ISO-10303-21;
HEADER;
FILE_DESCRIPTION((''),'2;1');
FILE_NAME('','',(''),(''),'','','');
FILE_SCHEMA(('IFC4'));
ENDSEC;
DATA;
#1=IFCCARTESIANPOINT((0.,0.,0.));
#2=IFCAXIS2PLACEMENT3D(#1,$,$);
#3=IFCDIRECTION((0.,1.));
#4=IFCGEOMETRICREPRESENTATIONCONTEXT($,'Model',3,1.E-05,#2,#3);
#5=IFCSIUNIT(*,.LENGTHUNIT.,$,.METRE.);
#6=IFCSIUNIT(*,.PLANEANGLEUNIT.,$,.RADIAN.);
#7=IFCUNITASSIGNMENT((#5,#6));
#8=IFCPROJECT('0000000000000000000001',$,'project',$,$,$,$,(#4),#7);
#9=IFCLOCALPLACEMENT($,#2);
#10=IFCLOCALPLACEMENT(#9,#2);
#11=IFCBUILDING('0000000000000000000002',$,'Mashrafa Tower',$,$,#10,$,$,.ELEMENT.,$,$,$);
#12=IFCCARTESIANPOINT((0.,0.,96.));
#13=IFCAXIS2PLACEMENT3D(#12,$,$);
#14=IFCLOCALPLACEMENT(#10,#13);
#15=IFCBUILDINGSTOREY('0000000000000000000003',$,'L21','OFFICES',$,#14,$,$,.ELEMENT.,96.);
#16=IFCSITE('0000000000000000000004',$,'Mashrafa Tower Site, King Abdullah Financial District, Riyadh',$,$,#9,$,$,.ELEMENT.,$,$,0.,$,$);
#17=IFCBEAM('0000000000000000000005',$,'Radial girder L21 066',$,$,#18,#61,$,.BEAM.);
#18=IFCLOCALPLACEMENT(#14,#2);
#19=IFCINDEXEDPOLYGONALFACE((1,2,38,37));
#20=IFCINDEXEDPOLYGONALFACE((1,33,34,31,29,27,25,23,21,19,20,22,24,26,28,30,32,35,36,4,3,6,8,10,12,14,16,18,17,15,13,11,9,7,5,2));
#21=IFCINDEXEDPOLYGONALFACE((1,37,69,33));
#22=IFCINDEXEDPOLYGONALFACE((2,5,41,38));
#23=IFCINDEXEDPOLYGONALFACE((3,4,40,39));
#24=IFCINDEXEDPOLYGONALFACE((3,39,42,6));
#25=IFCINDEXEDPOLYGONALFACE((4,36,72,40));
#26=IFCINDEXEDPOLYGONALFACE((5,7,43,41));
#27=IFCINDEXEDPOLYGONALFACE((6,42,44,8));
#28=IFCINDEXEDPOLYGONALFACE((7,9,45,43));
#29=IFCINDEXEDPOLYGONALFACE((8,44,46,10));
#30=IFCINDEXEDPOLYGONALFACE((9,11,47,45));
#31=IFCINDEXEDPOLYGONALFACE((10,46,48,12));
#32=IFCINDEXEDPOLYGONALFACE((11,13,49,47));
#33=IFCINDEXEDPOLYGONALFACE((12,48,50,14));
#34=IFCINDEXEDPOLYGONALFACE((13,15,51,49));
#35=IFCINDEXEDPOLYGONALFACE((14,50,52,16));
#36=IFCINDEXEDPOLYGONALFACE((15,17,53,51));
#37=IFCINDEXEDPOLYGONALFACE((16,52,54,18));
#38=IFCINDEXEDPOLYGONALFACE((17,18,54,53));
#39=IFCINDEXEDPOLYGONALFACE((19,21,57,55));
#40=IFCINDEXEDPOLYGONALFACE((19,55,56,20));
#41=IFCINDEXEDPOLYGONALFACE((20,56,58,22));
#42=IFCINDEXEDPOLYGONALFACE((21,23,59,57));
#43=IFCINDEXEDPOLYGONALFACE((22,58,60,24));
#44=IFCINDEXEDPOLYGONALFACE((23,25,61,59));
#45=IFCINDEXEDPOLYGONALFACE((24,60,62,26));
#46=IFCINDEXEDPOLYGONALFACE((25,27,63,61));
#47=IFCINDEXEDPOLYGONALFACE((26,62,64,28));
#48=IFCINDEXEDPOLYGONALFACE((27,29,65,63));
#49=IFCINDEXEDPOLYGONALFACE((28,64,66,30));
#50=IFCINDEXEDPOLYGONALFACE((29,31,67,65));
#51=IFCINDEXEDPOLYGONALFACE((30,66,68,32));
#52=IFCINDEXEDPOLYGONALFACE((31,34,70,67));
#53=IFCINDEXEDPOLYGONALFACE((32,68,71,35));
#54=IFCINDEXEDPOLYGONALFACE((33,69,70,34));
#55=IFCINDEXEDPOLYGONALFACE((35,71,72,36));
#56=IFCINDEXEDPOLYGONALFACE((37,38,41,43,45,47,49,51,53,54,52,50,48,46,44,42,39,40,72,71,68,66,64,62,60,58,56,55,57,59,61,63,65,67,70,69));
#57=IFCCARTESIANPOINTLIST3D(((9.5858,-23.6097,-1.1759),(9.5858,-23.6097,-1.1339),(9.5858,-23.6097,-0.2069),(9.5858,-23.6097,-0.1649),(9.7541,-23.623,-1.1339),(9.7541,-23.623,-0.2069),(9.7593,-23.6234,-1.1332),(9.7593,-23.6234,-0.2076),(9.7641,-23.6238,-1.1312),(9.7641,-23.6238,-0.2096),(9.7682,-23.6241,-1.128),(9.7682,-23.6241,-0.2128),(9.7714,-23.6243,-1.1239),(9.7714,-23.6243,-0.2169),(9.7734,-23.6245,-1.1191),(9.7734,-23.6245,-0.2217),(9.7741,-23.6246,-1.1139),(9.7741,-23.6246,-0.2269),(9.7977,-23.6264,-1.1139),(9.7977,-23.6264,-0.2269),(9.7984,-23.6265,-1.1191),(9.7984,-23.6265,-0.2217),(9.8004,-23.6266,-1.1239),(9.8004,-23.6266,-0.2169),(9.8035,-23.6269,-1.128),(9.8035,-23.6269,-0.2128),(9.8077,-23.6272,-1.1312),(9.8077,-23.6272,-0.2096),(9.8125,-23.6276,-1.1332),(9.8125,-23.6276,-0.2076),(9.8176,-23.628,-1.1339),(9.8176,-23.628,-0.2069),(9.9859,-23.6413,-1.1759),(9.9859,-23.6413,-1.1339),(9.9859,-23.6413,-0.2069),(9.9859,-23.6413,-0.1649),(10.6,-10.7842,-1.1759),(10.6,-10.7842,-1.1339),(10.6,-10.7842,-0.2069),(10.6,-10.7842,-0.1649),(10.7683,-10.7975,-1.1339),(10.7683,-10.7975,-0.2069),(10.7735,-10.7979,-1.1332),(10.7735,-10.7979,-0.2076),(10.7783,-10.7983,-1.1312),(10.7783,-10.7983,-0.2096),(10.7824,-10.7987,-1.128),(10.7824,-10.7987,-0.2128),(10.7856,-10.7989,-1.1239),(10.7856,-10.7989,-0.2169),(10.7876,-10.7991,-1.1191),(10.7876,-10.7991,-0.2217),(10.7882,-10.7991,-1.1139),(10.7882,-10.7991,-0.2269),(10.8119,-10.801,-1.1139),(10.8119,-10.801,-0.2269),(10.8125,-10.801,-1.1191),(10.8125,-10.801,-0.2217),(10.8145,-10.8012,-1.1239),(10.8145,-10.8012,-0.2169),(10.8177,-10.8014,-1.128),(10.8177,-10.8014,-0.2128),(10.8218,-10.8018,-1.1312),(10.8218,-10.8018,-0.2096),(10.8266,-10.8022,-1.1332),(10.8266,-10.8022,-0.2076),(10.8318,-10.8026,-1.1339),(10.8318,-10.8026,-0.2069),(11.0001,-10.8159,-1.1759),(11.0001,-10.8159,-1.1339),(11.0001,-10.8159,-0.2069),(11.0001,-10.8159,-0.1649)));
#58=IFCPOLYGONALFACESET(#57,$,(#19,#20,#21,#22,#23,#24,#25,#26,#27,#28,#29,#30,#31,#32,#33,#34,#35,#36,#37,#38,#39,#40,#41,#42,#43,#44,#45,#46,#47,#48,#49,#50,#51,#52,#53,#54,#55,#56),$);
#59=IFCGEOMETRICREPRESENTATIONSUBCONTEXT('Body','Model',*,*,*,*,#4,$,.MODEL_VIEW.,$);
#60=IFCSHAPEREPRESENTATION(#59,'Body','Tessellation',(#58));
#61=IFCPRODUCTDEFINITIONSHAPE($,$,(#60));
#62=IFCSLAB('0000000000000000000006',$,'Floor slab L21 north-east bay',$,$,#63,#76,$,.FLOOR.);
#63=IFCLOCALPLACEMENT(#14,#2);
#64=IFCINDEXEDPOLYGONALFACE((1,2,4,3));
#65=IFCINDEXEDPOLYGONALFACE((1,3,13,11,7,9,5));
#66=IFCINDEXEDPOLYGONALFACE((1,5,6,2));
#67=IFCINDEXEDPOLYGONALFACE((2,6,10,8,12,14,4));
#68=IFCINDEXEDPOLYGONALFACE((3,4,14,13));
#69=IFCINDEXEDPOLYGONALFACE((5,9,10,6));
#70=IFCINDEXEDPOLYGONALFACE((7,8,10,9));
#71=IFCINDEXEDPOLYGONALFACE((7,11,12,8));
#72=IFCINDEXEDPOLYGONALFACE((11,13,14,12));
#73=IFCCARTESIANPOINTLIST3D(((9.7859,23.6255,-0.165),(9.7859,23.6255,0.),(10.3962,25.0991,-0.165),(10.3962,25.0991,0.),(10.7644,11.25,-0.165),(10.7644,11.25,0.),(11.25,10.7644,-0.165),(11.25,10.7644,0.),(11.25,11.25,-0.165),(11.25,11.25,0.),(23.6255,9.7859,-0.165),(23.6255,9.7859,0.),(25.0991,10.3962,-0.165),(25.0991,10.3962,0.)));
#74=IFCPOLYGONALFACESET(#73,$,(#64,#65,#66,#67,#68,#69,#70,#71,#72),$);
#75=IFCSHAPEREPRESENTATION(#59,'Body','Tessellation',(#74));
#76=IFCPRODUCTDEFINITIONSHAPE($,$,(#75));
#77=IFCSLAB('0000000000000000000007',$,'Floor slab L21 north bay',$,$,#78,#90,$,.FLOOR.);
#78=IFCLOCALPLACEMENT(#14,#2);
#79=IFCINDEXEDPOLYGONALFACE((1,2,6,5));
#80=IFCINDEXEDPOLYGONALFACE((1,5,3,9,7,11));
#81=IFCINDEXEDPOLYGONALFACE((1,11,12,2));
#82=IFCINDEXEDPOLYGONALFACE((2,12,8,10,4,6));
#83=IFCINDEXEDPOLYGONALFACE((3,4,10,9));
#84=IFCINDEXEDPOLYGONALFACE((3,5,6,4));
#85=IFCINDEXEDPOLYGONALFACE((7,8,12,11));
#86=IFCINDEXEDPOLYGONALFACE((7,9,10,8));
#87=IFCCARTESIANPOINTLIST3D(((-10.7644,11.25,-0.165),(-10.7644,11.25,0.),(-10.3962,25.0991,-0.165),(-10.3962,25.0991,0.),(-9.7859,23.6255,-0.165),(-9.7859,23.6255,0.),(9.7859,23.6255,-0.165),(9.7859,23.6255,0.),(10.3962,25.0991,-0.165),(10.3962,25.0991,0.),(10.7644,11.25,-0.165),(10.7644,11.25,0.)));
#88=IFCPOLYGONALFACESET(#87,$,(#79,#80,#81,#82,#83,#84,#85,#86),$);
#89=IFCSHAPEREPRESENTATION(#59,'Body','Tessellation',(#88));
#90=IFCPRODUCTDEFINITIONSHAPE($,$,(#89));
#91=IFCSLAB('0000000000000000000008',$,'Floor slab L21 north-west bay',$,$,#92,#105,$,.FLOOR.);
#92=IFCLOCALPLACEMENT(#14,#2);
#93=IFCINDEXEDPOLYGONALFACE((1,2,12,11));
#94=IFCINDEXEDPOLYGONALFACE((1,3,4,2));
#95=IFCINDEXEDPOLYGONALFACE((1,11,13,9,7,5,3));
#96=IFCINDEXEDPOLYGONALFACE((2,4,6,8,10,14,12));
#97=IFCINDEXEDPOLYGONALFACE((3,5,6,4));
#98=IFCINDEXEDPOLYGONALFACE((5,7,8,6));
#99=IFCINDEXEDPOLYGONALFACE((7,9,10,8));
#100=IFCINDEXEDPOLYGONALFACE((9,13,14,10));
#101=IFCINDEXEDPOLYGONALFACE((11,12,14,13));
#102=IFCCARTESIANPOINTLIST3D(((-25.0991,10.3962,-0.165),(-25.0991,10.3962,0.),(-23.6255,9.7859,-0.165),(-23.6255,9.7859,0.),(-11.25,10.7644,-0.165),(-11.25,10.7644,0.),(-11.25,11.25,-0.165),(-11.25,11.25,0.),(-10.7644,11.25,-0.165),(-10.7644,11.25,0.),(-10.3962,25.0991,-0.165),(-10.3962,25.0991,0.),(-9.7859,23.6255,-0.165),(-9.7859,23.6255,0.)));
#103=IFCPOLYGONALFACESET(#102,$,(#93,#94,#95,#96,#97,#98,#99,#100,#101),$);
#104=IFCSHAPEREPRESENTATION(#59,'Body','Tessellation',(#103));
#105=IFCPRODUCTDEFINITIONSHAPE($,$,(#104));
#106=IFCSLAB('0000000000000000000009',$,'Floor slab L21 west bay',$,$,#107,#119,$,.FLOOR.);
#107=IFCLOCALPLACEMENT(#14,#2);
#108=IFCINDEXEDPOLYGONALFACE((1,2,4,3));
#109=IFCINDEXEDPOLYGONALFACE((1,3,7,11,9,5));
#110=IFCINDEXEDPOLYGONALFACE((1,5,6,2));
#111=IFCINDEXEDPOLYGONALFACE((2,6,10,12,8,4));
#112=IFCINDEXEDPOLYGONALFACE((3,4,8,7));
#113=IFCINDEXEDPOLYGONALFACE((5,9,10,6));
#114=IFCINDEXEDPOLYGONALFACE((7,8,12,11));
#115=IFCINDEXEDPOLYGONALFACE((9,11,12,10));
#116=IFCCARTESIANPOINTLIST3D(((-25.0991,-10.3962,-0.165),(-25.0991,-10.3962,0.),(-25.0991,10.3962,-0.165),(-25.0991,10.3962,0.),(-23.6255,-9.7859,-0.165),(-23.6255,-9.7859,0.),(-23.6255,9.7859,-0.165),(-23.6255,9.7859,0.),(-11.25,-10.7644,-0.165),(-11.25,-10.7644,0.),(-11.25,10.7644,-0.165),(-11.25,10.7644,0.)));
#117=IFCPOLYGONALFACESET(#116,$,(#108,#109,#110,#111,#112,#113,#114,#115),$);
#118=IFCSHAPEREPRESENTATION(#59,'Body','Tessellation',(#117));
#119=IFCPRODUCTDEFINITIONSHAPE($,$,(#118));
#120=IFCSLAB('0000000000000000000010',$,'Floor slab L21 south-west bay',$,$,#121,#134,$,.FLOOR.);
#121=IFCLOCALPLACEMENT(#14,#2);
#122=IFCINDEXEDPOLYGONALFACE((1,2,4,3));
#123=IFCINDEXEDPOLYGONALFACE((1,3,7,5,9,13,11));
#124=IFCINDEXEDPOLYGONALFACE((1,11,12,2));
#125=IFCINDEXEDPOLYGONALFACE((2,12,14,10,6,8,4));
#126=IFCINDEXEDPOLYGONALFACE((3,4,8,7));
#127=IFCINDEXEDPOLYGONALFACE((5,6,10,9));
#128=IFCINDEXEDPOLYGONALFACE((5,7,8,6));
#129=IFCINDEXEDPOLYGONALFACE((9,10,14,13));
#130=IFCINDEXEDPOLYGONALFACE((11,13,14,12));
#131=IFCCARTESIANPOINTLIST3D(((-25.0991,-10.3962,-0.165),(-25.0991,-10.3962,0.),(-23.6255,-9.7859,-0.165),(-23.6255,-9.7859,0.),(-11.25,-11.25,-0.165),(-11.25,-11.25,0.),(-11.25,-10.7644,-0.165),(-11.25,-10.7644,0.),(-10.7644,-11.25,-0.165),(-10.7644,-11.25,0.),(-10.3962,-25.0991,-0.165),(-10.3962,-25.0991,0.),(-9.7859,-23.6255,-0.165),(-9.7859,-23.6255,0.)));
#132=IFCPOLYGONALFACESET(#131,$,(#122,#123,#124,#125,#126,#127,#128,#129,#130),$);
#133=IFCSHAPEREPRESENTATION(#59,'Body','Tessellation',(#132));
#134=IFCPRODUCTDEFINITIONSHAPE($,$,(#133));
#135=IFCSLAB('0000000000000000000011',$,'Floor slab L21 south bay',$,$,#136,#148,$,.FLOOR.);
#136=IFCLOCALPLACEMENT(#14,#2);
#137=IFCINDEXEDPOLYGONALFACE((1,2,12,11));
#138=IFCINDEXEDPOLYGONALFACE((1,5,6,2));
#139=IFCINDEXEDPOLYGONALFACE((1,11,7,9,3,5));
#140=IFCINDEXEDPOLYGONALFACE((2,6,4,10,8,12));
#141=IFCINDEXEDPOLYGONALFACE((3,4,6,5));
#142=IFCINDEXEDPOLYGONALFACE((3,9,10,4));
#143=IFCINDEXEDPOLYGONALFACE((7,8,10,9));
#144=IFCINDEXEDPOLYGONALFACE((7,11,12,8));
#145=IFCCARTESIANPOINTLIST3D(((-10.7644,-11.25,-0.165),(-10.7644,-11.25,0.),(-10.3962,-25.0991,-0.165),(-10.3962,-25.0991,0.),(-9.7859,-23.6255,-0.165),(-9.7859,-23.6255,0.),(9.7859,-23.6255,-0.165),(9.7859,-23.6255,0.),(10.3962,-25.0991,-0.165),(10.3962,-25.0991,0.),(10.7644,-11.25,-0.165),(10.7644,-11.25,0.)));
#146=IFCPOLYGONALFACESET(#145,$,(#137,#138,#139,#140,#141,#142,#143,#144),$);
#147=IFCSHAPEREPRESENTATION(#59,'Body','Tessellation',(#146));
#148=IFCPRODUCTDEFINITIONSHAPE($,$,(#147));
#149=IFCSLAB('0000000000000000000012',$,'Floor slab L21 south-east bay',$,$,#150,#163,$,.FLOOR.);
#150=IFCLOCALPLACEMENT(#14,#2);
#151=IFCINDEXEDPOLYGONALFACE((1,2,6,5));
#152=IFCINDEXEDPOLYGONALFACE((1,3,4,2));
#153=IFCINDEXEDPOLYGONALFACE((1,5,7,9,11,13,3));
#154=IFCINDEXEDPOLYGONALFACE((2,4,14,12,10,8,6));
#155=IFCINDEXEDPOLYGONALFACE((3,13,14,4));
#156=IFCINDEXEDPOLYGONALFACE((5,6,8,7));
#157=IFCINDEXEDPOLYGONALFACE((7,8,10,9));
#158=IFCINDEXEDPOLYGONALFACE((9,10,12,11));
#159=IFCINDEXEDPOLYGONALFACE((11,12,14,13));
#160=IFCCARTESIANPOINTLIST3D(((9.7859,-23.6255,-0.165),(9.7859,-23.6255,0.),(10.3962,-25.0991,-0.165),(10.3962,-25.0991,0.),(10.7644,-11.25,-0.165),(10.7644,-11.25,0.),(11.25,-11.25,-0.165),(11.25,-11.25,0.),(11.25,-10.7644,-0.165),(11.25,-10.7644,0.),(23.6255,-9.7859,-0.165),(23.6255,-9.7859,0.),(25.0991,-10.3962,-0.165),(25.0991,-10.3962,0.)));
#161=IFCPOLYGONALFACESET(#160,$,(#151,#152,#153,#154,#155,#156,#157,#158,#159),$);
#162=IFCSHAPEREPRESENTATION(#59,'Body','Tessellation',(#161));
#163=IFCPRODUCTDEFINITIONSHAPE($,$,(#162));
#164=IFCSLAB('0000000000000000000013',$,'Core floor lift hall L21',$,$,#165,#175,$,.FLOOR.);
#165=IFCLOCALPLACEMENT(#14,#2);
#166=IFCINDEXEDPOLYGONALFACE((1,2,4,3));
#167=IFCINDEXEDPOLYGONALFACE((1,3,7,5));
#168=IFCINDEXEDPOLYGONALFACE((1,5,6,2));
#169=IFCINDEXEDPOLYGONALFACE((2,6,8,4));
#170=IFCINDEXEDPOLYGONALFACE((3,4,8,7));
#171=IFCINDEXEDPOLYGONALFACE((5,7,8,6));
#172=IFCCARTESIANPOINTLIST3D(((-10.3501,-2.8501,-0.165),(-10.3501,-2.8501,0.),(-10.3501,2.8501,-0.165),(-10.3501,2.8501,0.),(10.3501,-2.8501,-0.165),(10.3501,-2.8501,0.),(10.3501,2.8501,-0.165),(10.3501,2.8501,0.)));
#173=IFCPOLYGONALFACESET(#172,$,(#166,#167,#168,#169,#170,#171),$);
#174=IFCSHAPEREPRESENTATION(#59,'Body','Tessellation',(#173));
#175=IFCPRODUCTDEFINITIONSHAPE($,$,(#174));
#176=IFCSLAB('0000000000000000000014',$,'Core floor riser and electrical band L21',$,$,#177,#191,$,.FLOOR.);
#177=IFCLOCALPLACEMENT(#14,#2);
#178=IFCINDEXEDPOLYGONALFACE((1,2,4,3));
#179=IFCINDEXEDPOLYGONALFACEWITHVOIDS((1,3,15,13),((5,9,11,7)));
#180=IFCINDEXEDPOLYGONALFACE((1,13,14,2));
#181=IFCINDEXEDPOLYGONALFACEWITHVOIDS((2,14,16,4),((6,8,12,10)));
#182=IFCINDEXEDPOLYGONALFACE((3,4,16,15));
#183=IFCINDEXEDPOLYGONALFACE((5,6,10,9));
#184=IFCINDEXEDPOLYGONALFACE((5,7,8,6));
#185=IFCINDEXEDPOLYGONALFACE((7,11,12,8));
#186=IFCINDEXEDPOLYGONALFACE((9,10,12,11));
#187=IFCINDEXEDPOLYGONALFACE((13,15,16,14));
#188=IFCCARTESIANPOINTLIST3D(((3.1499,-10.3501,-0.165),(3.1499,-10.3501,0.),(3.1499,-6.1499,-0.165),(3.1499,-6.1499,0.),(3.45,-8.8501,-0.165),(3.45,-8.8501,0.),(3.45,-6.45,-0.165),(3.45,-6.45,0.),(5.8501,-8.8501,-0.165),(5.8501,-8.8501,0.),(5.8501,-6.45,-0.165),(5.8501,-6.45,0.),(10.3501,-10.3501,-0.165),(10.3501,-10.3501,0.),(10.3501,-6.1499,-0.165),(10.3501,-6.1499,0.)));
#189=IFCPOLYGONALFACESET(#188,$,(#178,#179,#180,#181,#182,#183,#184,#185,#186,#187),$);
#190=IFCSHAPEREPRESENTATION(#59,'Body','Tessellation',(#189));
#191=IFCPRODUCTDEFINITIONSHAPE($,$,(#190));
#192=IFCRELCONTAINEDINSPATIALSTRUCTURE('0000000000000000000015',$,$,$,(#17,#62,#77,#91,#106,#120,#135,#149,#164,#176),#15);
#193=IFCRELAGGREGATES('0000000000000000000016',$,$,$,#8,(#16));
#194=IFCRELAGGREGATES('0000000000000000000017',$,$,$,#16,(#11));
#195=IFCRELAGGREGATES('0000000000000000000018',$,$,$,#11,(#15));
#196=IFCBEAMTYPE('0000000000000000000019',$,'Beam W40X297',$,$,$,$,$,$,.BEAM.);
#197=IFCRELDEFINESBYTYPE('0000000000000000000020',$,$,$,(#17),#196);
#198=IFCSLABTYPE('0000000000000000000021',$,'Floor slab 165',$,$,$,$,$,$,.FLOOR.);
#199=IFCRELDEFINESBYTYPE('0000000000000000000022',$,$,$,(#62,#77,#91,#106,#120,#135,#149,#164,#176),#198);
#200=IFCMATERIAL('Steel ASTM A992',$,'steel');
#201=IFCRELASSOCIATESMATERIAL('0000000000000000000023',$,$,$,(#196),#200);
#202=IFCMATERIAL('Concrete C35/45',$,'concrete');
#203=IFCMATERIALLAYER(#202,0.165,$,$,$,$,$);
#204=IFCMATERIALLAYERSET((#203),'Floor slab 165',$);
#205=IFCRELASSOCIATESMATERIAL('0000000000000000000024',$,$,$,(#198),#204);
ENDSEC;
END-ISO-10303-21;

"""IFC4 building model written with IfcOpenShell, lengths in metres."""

from ifc_helpers import new_model, si_unit, direction, frame, origin, origin_2d, place, context, subcontext, project, spatial, polyline, i_section, outline, extrude, material, layer, layer_set, material_profile, profile_set, type_object, element, save


model = new_model("IFC4")

# Units and contexts
model_context = context("Model", 3, precision=1e-05, world=origin(), true_north=direction((0.0, 1.0)))
body_context = subcontext(model_context, "Body", "Model", "MODEL_VIEW")
ifc_project = project(units=[si_unit("LENGTHUNIT", "METRE"), si_unit("PLANEANGLEUNIT", "RADIAN")], contexts=[model_context])

# Site, building, storey
site_placement = place(None, origin())
site = spatial("IfcSite", under=ifc_project, at=site_placement, Name="Mashrafa Tower Site, King Abdullah Financial District, Riyadh", CompositionType="ELEMENT", RefElevation=0.0)
building_placement = place(site_placement, origin())
building = spatial("IfcBuilding", under=site, at=building_placement, Name="Mashrafa Tower", CompositionType="ELEMENT")
storey_placement = place(building_placement, frame((0.0, 0.0, 96.0)))
storey = spatial("IfcBuildingStorey", under=building, at=storey_placement, Name="L21", Description="OFFICES", CompositionType="ELEMENT", Elevation=96.0)

# Beam
ifc_material_1 = material(Name="Steel ASTM A992", Category="steel")
ifc_material_profile = material_profile(ifc_material_1, i_section(OverallWidth=0.4014, OverallDepth=1.011, WebThickness=0.0237, FlangeThickness=0.042, FilletRadius=0.02, at=origin_2d()), Name="W40X297")
ifc_profile_set = profile_set([ifc_material_profile], Name="Steel ASTM A992")
beam_type = type_object("IfcBeamType", Name="Beam W40X297", PredefinedType="BEAM", material=ifc_profile_set)
beam_placement = place(storey_placement, frame((10.8, -10.8, -0.6704), z_axis=(-0.078828, -0.996888, 0.0), x_axis=(0.996888, -0.078828, 0.0)))
element("IfcBeam", 1, at=beam_placement, inside=storey, type_object=beam_type, Name="Radial girder L21 066", PredefinedType="BEAM", context=body_context, shape_type="SweptSolid", body=[
    extrude(i_section(OverallWidth=0.4014, OverallDepth=1.011, WebThickness=0.0237, FlangeThickness=0.042, FilletRadius=0.02, at=origin_2d()), origin(), (0.0, 0.0, 1.0), 12.8655),
])

# Slabs
ifc_material_2 = material(Name="Concrete C35/45", Category="concrete")
ifc_layer_1 = layer(ifc_material_2, 0.165)
ifc_layer_set_1 = layer_set([ifc_layer_1], Name="Floor slab 165")
slab_type_1 = type_object("IfcSlabType", Name="Floor slab 165", PredefinedType="FLOOR", material=ifc_layer_set_1)
slab_1_placement = place(storey_placement, frame((0.0, 0.0, -0.165)))
element("IfcSlab", 2, at=slab_1_placement, inside=storey, type_object=slab_type_1, Name="Floor slab L21 north-east bay", PredefinedType="FLOOR", context=body_context, shape_type="SweptSolid", body=[
    extrude(outline(polyline([(10.3962, 25.0991), (25.0991, 10.3962), (25.0991, 10.3962), (23.6255, 9.7859), (11.25, 10.7644), (11.25, 11.25), (10.7644, 11.25), (9.7859, 23.6255), (10.3962, 25.0991), (10.3962, 25.0991)])), origin(), (0.0, 0.0, 1.0), 0.165),
])
slab_2_placement = place(storey_placement, frame((0.0, 0.0, -0.165)))
element("IfcSlab", 3, at=slab_2_placement, inside=storey, type_object=slab_type_1, Name="Floor slab L21 north bay", PredefinedType="FLOOR", context=body_context, shape_type="SweptSolid", body=[
    extrude(outline(polyline([(10.3962, 25.0991), (9.7859, 23.6255), (10.7644, 11.25), (-10.7644, 11.25), (-9.7859, 23.6255), (-10.3962, 25.0991), (10.3962, 25.0991)])), origin(), (0.0, 0.0, 1.0), 0.165),
])
slab_3_placement = place(storey_placement, frame((0.0, 0.0, -0.165)))
element("IfcSlab", 4, at=slab_3_placement, inside=storey, type_object=slab_type_1, Name="Floor slab L21 north-west bay", PredefinedType="FLOOR", context=body_context, shape_type="SweptSolid", body=[
    extrude(outline(polyline([(-25.0991, 10.3962), (-10.3962, 25.0991), (-10.3962, 25.0991), (-9.7859, 23.6255), (-10.7644, 11.25), (-11.25, 11.25), (-11.25, 10.7644), (-23.6255, 9.7859), (-25.0991, 10.3962), (-25.0991, 10.3962)])), origin(), (0.0, 0.0, 1.0), 0.165),
])
slab_4_placement = place(storey_placement, frame((0.0, 0.0, -0.165)))
element("IfcSlab", 5, at=slab_4_placement, inside=storey, type_object=slab_type_1, Name="Floor slab L21 west bay", PredefinedType="FLOOR", context=body_context, shape_type="SweptSolid", body=[
    extrude(outline(polyline([(-25.0991, 10.3962), (-23.6255, 9.7859), (-11.25, 10.7644), (-11.25, -10.7644), (-23.6255, -9.7859), (-25.0991, -10.3962), (-25.0991, 10.3962)])), origin(), (0.0, 0.0, 1.0), 0.165),
])
slab_5_placement = place(storey_placement, frame((0.0, 0.0, -0.165)))
element("IfcSlab", 6, at=slab_5_placement, inside=storey, type_object=slab_type_1, Name="Floor slab L21 south-west bay", PredefinedType="FLOOR", context=body_context, shape_type="SweptSolid", body=[
    extrude(outline(polyline([(-10.3962, -25.0991), (-25.0991, -10.3962), (-25.0991, -10.3962), (-23.6255, -9.7859), (-11.25, -10.7644), (-11.25, -11.25), (-10.7644, -11.25), (-9.7859, -23.6255), (-10.3962, -25.0991), (-10.3962, -25.0991)])), origin(), (0.0, 0.0, 1.0), 0.165),
])
slab_6_placement = place(storey_placement, frame((0.0, 0.0, -0.165)))
element("IfcSlab", 7, at=slab_6_placement, inside=storey, type_object=slab_type_1, Name="Floor slab L21 south bay", PredefinedType="FLOOR", context=body_context, shape_type="SweptSolid", body=[
    extrude(outline(polyline([(-10.3962, -25.0991), (-9.7859, -23.6255), (-10.7644, -11.25), (10.7644, -11.25), (9.7859, -23.6255), (10.3962, -25.0991), (-10.3962, -25.0991)])), origin(), (0.0, 0.0, 1.0), 0.165),
])
slab_7_placement = place(storey_placement, frame((0.0, 0.0, -0.165)))
element("IfcSlab", 8, at=slab_7_placement, inside=storey, type_object=slab_type_1, Name="Floor slab L21 south-east bay", PredefinedType="FLOOR", context=body_context, shape_type="SweptSolid", body=[
    extrude(outline(polyline([(10.3962, -25.0991), (9.7859, -23.6255), (10.7644, -11.25), (11.25, -11.25), (11.25, -10.7644), (23.6255, -9.7859), (25.0991, -10.3962), (25.0991, -10.3962), (10.3962, -25.0991), (10.3962, -25.0991)])), origin(), (0.0, 0.0, 1.0), 0.165),
])
slab_8_placement = place(storey_placement, frame((0.0, 0.0, -0.165)))
element("IfcSlab", 9, at=slab_8_placement, inside=storey, type_object=slab_type_1, Name="Core floor lift hall L21", PredefinedType="FLOOR", context=body_context, shape_type="SweptSolid", body=[
    extrude(outline(polyline([(-10.3501, 2.8501), (10.3501, 2.8501), (10.3501, -2.8501), (-10.3501, -2.8501), (-10.3501, 2.8501)])), origin(), (0.0, 0.0, 1.0), 0.165),
])
slab_9_placement = place(storey_placement, frame((0.0, 0.0, -0.165)))
element("IfcSlab", 10, at=slab_9_placement, inside=storey, type_object=slab_type_1, Name="Core floor riser and electrical band L21", PredefinedType="FLOOR", context=body_context, shape_type="SweptSolid", body=[
    extrude(outline(polyline([(10.3501, -6.1499), (10.3501, -10.3501), (3.1499, -10.3501), (3.1499, -6.1499), (10.3501, -6.1499)]), holes=[polyline([(3.45, -8.8501), (5.8501, -8.8501), (5.8501, -6.45), (3.45, -6.45), (3.45, -8.8501)])]), origin(), (0.0, 0.0, 1.0), 0.165),
])

save(model, "model.ifc")
